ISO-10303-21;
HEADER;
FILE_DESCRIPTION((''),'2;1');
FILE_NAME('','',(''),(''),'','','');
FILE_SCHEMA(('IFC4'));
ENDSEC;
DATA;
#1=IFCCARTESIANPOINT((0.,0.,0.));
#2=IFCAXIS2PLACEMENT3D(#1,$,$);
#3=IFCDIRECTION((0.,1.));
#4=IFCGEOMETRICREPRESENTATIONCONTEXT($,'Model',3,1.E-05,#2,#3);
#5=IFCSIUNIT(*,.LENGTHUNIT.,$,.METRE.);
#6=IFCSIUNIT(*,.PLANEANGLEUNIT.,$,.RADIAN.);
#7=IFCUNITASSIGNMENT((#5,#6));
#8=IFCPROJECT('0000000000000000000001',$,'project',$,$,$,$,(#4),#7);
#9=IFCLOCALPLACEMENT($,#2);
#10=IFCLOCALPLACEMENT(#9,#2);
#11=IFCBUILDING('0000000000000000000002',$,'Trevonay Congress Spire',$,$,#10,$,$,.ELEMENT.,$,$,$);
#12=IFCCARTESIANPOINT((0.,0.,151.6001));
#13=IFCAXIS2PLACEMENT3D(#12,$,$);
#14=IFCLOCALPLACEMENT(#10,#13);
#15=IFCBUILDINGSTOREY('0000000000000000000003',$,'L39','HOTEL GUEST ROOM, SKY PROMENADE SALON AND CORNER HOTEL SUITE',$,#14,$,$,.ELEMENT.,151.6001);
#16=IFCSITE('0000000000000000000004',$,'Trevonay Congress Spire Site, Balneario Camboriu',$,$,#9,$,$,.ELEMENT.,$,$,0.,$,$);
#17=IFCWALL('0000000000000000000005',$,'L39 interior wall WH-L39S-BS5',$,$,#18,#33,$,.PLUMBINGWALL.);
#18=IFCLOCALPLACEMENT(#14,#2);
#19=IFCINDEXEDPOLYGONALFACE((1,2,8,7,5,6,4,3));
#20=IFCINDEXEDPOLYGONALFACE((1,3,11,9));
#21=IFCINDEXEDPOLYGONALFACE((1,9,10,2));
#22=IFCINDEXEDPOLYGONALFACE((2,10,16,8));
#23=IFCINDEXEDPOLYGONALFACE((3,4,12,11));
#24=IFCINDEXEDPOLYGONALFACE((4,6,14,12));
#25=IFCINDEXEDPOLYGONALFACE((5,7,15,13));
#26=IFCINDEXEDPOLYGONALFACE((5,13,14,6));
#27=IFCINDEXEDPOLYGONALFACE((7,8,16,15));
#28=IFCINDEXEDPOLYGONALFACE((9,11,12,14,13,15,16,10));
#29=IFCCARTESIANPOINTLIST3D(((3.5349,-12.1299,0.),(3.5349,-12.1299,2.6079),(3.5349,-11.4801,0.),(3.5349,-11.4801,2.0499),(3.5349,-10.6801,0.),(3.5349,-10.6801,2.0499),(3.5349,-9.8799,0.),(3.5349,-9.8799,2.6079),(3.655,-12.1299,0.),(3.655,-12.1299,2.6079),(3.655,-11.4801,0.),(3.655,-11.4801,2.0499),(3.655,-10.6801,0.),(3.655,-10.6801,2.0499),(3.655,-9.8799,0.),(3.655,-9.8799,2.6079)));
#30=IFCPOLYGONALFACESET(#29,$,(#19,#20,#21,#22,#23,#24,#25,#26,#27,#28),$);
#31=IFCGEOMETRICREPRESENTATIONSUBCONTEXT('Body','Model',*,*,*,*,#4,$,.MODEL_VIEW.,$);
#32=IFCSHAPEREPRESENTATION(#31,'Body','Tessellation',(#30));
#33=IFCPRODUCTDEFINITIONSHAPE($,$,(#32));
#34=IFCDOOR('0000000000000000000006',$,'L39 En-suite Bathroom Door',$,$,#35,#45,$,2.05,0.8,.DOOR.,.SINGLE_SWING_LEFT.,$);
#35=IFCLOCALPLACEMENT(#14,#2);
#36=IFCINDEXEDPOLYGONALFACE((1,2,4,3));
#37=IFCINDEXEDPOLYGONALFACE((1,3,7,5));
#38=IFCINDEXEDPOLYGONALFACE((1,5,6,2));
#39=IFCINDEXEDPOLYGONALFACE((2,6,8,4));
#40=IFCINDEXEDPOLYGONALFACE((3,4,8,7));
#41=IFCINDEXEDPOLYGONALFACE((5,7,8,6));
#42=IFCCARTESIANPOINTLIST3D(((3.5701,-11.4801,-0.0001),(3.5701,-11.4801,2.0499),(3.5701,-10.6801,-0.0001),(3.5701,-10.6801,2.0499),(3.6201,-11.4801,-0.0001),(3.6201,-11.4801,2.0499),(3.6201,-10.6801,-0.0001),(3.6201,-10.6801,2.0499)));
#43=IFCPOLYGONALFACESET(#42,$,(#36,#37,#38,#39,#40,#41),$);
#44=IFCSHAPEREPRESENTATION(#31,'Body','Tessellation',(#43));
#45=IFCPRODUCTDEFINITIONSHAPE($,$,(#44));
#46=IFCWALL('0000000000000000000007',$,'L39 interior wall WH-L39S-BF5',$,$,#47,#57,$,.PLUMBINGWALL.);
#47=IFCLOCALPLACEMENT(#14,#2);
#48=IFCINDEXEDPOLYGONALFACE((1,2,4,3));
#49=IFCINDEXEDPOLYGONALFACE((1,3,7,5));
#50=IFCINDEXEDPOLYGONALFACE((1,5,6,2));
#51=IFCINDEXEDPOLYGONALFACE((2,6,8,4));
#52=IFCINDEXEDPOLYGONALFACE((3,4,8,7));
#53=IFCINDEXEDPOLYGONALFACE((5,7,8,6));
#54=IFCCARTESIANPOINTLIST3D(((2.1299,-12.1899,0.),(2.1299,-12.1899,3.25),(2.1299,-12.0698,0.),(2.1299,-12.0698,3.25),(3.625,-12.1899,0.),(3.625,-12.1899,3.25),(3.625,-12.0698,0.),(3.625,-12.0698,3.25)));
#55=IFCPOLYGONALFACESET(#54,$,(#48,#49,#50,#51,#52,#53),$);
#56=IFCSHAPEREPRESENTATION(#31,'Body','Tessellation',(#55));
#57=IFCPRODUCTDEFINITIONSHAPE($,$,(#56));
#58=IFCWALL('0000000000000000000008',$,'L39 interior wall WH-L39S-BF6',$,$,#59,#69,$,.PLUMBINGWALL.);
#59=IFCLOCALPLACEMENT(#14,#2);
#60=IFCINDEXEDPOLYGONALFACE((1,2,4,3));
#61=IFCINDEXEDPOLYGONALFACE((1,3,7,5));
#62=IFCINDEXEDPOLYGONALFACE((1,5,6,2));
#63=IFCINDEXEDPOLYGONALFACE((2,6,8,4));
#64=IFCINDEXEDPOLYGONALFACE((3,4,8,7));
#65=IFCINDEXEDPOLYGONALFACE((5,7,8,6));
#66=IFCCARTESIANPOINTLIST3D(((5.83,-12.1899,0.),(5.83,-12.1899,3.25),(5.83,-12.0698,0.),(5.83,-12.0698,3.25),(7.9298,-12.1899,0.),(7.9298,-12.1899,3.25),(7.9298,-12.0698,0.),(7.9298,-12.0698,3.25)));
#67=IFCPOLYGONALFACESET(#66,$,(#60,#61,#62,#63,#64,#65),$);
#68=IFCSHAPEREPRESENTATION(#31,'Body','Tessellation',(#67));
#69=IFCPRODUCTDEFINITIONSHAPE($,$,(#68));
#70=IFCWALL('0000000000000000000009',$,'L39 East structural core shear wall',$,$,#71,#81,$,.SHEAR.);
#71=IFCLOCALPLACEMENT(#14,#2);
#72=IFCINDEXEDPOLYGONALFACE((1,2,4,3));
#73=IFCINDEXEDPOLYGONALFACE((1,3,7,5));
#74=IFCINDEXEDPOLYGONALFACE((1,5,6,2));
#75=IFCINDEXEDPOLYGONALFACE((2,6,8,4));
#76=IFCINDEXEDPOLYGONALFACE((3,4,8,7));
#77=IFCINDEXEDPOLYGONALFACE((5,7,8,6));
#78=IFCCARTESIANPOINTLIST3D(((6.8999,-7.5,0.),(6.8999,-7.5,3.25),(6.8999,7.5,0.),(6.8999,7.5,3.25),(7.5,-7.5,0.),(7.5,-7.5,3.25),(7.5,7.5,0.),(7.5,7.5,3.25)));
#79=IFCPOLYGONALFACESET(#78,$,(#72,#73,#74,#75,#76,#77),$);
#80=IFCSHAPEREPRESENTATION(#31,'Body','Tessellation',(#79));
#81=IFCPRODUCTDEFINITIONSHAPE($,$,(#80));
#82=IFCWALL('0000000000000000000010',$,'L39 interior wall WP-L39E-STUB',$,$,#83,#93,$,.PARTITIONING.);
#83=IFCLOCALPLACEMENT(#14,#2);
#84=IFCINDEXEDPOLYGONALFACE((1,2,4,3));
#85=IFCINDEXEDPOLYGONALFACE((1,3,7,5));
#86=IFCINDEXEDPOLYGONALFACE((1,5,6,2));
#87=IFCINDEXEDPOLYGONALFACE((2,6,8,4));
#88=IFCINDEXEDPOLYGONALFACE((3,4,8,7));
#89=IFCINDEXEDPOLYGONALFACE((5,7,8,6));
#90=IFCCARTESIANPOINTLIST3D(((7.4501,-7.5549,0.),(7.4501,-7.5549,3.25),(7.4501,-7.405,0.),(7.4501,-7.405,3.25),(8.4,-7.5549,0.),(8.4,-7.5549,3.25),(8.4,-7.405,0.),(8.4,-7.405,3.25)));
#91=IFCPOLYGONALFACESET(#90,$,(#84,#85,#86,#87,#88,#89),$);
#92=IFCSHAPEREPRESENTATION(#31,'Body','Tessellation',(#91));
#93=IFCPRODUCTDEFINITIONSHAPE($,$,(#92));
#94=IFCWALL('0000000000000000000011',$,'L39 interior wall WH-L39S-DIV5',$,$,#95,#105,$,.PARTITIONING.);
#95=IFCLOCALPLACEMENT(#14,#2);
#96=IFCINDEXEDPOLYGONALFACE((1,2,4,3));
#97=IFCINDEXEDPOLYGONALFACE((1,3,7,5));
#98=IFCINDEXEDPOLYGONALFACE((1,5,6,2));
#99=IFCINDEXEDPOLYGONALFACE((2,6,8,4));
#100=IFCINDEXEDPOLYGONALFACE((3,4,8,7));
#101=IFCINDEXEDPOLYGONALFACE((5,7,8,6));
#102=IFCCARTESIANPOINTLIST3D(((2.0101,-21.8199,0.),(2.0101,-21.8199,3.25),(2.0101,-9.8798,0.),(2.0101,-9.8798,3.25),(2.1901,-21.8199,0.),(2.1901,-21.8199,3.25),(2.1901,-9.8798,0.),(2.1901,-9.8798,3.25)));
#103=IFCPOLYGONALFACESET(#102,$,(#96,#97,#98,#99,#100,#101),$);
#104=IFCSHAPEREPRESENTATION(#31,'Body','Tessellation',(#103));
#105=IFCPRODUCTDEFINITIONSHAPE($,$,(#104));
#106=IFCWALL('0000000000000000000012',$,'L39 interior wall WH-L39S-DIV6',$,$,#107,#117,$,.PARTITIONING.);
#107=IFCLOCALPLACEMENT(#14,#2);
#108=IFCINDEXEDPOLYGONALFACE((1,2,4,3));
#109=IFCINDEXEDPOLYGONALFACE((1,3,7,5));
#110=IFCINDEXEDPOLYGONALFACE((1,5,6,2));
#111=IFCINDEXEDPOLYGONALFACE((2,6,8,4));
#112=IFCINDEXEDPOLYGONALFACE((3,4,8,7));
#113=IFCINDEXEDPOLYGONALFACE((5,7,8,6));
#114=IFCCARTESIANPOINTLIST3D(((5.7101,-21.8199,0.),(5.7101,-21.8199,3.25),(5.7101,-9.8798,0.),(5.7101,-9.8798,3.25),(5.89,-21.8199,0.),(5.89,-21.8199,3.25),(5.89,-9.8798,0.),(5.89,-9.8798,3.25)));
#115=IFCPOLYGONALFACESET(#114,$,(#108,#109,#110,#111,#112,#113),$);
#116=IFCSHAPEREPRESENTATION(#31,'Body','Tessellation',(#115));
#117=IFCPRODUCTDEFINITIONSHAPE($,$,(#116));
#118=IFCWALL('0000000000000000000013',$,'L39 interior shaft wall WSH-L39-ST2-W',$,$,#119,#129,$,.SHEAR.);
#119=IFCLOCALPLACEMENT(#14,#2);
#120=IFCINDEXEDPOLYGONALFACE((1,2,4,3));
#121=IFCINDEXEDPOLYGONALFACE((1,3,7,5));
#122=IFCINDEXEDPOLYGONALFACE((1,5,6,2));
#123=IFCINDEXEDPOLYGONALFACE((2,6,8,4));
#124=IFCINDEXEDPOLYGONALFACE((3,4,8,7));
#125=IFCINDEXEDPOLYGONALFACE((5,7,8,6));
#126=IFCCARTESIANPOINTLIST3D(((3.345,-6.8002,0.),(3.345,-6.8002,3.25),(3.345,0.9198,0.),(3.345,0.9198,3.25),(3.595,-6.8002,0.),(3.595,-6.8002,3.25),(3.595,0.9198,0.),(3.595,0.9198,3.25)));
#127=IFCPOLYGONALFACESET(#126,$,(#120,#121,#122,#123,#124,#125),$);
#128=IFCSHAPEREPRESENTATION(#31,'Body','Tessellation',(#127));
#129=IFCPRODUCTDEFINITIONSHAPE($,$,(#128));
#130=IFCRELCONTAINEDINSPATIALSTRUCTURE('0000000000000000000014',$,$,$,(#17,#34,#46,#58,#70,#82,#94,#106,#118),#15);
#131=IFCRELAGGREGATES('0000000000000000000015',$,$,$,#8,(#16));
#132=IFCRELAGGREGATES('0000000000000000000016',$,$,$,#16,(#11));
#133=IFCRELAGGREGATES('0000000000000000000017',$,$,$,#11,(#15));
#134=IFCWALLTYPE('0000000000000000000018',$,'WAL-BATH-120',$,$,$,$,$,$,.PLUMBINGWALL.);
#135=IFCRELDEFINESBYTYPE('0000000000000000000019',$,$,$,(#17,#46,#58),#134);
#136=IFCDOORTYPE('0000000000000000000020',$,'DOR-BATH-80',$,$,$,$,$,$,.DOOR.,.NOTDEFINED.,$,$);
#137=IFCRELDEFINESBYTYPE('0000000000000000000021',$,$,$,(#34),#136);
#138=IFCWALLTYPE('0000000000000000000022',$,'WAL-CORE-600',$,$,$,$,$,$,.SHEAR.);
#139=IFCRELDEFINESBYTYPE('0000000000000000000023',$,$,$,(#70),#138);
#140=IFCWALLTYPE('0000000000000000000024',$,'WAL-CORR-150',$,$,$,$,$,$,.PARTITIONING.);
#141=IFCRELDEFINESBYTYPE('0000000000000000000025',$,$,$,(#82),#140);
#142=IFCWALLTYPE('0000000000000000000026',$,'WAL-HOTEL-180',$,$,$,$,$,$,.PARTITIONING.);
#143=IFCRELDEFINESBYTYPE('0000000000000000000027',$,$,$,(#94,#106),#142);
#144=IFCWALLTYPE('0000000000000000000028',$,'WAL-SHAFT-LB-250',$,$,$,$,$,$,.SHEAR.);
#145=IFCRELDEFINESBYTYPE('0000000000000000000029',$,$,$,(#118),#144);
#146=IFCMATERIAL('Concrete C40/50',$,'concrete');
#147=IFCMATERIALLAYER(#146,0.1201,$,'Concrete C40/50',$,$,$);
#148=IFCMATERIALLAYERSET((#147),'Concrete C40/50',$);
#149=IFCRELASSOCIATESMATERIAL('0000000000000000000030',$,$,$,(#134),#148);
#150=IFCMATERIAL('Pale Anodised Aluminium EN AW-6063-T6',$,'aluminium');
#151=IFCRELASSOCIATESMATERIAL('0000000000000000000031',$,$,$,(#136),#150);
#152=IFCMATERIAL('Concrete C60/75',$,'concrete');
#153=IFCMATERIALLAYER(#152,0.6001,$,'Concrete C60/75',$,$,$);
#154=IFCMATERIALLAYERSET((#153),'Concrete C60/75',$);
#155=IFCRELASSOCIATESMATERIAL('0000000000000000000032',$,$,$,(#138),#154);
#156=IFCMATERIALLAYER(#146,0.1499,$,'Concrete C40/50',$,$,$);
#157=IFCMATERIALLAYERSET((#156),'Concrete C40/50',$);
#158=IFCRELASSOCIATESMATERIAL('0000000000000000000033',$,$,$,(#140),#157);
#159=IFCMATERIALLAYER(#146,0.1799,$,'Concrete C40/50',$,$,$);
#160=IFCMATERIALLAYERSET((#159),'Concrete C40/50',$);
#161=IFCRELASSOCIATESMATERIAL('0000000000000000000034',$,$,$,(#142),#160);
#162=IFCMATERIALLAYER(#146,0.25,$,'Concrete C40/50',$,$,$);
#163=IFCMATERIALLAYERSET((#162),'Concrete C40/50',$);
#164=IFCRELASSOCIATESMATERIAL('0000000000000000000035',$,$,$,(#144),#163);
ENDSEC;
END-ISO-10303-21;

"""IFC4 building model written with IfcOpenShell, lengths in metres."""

from ifc_helpers import new_model, si_unit, direction, frame, frame_2d, origin, place, context, subcontext, project, spatial, rectangle, extrude, material, layer, layer_set, type_object, element, fill, save


model = new_model("IFC4")

# Units and contexts
model_context = context("Model", 3, precision=1e-05, world=origin(), true_north=direction((0.0, 1.0)))
body_context = subcontext(model_context, "Body", "Model", "MODEL_VIEW")
ifc_project = project(units=[si_unit("LENGTHUNIT", "METRE"), si_unit("PLANEANGLEUNIT", "RADIAN")], contexts=[model_context])

# Site, building, storey
site_placement = place(None, origin())
site = spatial("IfcSite", under=ifc_project, at=site_placement, Name="Trevonay Congress Spire Site, Balneario Camboriu", CompositionType="ELEMENT", RefElevation=0.0)
building_placement = place(site_placement, origin())
building = spatial("IfcBuilding", under=site, at=building_placement, Name="Trevonay Congress Spire", CompositionType="ELEMENT")
storey_placement = place(building_placement, frame((0.0, 0.0, 151.6001)))
storey = spatial("IfcBuildingStorey", under=building, at=storey_placement, Name="L39", Description="HOTEL GUEST ROOM, SKY PROMENADE SALON AND CORNER HOTEL SUITE", CompositionType="ELEMENT", Elevation=151.6001)

# Shared definitions
ifc_material_1 = material(Name="Pale Anodised Aluminium EN AW-6063-T6", Category="aluminium")

# Wall, opening, door
ifc_material_2 = material(Name="Concrete C40/50", Category="concrete")
ifc_layer_1 = layer(ifc_material_2, 0.1201, Name="Concrete C40/50")
ifc_layer_set_1 = layer_set([ifc_layer_1], Name="Concrete C40/50")
wall_type_1 = type_object("IfcWallType", Name="WAL-BATH-120", PredefinedType="PLUMBINGWALL", material=ifc_layer_set_1)
wall_1_placement = place(storey_placement, frame((3.595, -12.1299, 0.0), z_axis=(0.0, 0.0, 1.0), x_axis=(0.0, 1.0, 0.0)))
wall_1 = element("IfcWall", 1, at=wall_1_placement, inside=storey, type_object=wall_type_1, Name="L39 interior wall WH-L39S-BS5", PredefinedType="PLUMBINGWALL", context=body_context, shape_type="SweptSolid", body=[
    extrude(rectangle(XDim=2.25, YDim=0.1201, at=frame_2d((1.125, 0.0))), origin(), (0.0, 0.0, 1.0), 2.6079),
])
opening_placement = place(wall_1_placement, frame((0.6499, 0.0, 0.0)))
opening = element("IfcOpeningElement", 2, at=opening_placement, cuts=wall_1, PredefinedType="OPENING", context=body_context, shape_type="SweptSolid", body=[
    extrude(rectangle(XDim=0.8, YDim=2.05, at=frame_2d((0.3999, 1.0249))), frame((0.0, 0.0701, 0.0), z_axis=(0.0, -1.0, 0.0), x_axis=(1.0, 0.0, 0.0)), (0.0, 0.0, 1.0), 0.1401),
])
door_type = type_object("IfcDoorType", Name="DOR-BATH-80", OperationType="NOTDEFINED", PredefinedType="DOOR", material=ifc_material_1)
door_placement = place(opening_placement, origin())
door = element("IfcDoor", 3, at=door_placement, inside=storey, type_object=door_type, Name="L39 En-suite Bathroom Door", OperationType="SINGLE_SWING_LEFT", OverallHeight=2.05, OverallWidth=0.8, PredefinedType="DOOR", context=body_context, shape_type="SweptSolid", body=[
    extrude(rectangle(XDim=0.8, YDim=2.05, at=frame_2d((0.3999, 1.0249))), frame((0.0, 0.0249, 0.0), z_axis=(0.0, -1.0, 0.0), x_axis=(1.0, 0.0, 0.0)), (0.0, 0.0, 1.0), 0.05),
])
fill(opening, door)

# Walls
wall_2_placement = place(storey_placement, frame((2.1299, -12.1299, 0.0), z_axis=(0.0, 0.0, 1.0), x_axis=(1.0, 0.0, 0.0)))
element("IfcWall", 4, at=wall_2_placement, inside=storey, type_object=wall_type_1, Name="L39 interior wall WH-L39S-BF5", PredefinedType="PLUMBINGWALL", context=body_context, shape_type="SweptSolid", body=[
    extrude(rectangle(XDim=1.4951, YDim=0.1201, at=frame_2d((0.7476, 0.0))), origin(), (0.0, 0.0, 1.0), 3.25),
])
wall_3_placement = place(storey_placement, frame((5.8301, -12.1299, 0.0), z_axis=(0.0, 0.0, 1.0), x_axis=(1.0, 0.0, 0.0)))
element("IfcWall", 5, at=wall_3_placement, inside=storey, type_object=wall_type_1, Name="L39 interior wall WH-L39S-BF6", PredefinedType="PLUMBINGWALL", context=body_context, shape_type="SweptSolid", body=[
    extrude(rectangle(XDim=2.0999, YDim=0.1201, at=frame_2d((1.0498, 0.0))), origin(), (0.0, 0.0, 1.0), 3.25),
])
ifc_material_3 = material(Name="Concrete C60/75", Category="concrete")
ifc_layer_2 = layer(ifc_material_3, 0.6001, Name="Concrete C60/75")
ifc_layer_set_2 = layer_set([ifc_layer_2], Name="Concrete C60/75")
wall_type_2 = type_object("IfcWallType", Name="WAL-CORE-600", PredefinedType="SHEAR", material=ifc_layer_set_2)
wall_4_placement = place(storey_placement, frame((7.2, -7.5, 0.0), z_axis=(0.0, 0.0, 1.0), x_axis=(0.0, 1.0, 0.0)))
element("IfcWall", 6, at=wall_4_placement, inside=storey, type_object=wall_type_2, Name="L39 East structural core shear wall", PredefinedType="SHEAR", context=body_context, shape_type="SweptSolid", body=[
    extrude(rectangle(XDim=15.0, YDim=0.6001, at=frame_2d((7.5, 0.0))), origin(), (0.0, 0.0, 1.0), 3.25),
])
ifc_layer_3 = layer(ifc_material_2, 0.1499, Name="Concrete C40/50")
ifc_layer_set_3 = layer_set([ifc_layer_3], Name="Concrete C40/50")
wall_type_3 = type_object("IfcWallType", Name="WAL-CORR-150", PredefinedType="PARTITIONING", material=ifc_layer_set_3)
wall_5_placement = place(storey_placement, frame((7.45, -7.48, 0.0), z_axis=(0.0, 0.0, 1.0), x_axis=(1.0, 0.0, 0.0)))
element("IfcWall", 7, at=wall_5_placement, inside=storey, type_object=wall_type_3, Name="L39 interior wall WP-L39E-STUB", PredefinedType="PARTITIONING", context=body_context, shape_type="SweptSolid", body=[
    extrude(rectangle(XDim=0.95, YDim=0.1499, at=frame_2d((0.4751, 0.0))), origin(), (0.0, 0.0, 1.0), 3.25),
])
ifc_layer_4 = layer(ifc_material_2, 0.1799, Name="Concrete C40/50")
ifc_layer_set_4 = layer_set([ifc_layer_4], Name="Concrete C40/50")
wall_type_4 = type_object("IfcWallType", Name="WAL-HOTEL-180", PredefinedType="PARTITIONING", material=ifc_layer_set_4)
for number, where, z_axis, x_axis, name in (
    (8, (2.1001, -21.8201, 0.0), (0.0, 0.0, 1.0), (0.0, 1.0, 0.0), "L39 interior wall WH-L39S-DIV5"),
    (9, (5.8, -21.8201, 0.0), (0.0, 0.0, 1.0), (0.0, 1.0, 0.0), "L39 interior wall WH-L39S-DIV6"),
):
    element("IfcWall", number, at=place(storey_placement, frame(where, z_axis=z_axis, x_axis=x_axis)), inside=storey, type_object=wall_type_4, Name=name, PredefinedType="PARTITIONING", context=body_context, shape_type="SweptSolid", body=[
        extrude(rectangle(XDim=11.9402, YDim=0.1799, at=frame_2d((5.9702, 0.0))), origin(), (0.0, 0.0, 1.0), 3.25),
    ])
ifc_layer_5 = layer(ifc_material_2, 0.25, Name="Concrete C40/50")
ifc_layer_set_5 = layer_set([ifc_layer_5], Name="Concrete C40/50")
wall_type_5 = type_object("IfcWallType", Name="WAL-SHAFT-LB-250", PredefinedType="SHEAR", material=ifc_layer_set_5)
wall_6_placement = place(storey_placement, frame((3.47, -6.8, 0.0), z_axis=(0.0, 0.0, 1.0), x_axis=(0.0, 1.0, 0.0)))
element("IfcWall", 10, at=wall_6_placement, inside=storey, type_object=wall_type_5, Name="L39 interior shaft wall WSH-L39-ST2-W", PredefinedType="SHEAR", context=body_context, shape_type="SweptSolid", body=[
    extrude(rectangle(XDim=7.72, YDim=0.25, at=frame_2d((3.8599, 0.0))), origin(), (0.0, 0.0, 1.0), 3.25),
])

save(model, "model.ifc")
